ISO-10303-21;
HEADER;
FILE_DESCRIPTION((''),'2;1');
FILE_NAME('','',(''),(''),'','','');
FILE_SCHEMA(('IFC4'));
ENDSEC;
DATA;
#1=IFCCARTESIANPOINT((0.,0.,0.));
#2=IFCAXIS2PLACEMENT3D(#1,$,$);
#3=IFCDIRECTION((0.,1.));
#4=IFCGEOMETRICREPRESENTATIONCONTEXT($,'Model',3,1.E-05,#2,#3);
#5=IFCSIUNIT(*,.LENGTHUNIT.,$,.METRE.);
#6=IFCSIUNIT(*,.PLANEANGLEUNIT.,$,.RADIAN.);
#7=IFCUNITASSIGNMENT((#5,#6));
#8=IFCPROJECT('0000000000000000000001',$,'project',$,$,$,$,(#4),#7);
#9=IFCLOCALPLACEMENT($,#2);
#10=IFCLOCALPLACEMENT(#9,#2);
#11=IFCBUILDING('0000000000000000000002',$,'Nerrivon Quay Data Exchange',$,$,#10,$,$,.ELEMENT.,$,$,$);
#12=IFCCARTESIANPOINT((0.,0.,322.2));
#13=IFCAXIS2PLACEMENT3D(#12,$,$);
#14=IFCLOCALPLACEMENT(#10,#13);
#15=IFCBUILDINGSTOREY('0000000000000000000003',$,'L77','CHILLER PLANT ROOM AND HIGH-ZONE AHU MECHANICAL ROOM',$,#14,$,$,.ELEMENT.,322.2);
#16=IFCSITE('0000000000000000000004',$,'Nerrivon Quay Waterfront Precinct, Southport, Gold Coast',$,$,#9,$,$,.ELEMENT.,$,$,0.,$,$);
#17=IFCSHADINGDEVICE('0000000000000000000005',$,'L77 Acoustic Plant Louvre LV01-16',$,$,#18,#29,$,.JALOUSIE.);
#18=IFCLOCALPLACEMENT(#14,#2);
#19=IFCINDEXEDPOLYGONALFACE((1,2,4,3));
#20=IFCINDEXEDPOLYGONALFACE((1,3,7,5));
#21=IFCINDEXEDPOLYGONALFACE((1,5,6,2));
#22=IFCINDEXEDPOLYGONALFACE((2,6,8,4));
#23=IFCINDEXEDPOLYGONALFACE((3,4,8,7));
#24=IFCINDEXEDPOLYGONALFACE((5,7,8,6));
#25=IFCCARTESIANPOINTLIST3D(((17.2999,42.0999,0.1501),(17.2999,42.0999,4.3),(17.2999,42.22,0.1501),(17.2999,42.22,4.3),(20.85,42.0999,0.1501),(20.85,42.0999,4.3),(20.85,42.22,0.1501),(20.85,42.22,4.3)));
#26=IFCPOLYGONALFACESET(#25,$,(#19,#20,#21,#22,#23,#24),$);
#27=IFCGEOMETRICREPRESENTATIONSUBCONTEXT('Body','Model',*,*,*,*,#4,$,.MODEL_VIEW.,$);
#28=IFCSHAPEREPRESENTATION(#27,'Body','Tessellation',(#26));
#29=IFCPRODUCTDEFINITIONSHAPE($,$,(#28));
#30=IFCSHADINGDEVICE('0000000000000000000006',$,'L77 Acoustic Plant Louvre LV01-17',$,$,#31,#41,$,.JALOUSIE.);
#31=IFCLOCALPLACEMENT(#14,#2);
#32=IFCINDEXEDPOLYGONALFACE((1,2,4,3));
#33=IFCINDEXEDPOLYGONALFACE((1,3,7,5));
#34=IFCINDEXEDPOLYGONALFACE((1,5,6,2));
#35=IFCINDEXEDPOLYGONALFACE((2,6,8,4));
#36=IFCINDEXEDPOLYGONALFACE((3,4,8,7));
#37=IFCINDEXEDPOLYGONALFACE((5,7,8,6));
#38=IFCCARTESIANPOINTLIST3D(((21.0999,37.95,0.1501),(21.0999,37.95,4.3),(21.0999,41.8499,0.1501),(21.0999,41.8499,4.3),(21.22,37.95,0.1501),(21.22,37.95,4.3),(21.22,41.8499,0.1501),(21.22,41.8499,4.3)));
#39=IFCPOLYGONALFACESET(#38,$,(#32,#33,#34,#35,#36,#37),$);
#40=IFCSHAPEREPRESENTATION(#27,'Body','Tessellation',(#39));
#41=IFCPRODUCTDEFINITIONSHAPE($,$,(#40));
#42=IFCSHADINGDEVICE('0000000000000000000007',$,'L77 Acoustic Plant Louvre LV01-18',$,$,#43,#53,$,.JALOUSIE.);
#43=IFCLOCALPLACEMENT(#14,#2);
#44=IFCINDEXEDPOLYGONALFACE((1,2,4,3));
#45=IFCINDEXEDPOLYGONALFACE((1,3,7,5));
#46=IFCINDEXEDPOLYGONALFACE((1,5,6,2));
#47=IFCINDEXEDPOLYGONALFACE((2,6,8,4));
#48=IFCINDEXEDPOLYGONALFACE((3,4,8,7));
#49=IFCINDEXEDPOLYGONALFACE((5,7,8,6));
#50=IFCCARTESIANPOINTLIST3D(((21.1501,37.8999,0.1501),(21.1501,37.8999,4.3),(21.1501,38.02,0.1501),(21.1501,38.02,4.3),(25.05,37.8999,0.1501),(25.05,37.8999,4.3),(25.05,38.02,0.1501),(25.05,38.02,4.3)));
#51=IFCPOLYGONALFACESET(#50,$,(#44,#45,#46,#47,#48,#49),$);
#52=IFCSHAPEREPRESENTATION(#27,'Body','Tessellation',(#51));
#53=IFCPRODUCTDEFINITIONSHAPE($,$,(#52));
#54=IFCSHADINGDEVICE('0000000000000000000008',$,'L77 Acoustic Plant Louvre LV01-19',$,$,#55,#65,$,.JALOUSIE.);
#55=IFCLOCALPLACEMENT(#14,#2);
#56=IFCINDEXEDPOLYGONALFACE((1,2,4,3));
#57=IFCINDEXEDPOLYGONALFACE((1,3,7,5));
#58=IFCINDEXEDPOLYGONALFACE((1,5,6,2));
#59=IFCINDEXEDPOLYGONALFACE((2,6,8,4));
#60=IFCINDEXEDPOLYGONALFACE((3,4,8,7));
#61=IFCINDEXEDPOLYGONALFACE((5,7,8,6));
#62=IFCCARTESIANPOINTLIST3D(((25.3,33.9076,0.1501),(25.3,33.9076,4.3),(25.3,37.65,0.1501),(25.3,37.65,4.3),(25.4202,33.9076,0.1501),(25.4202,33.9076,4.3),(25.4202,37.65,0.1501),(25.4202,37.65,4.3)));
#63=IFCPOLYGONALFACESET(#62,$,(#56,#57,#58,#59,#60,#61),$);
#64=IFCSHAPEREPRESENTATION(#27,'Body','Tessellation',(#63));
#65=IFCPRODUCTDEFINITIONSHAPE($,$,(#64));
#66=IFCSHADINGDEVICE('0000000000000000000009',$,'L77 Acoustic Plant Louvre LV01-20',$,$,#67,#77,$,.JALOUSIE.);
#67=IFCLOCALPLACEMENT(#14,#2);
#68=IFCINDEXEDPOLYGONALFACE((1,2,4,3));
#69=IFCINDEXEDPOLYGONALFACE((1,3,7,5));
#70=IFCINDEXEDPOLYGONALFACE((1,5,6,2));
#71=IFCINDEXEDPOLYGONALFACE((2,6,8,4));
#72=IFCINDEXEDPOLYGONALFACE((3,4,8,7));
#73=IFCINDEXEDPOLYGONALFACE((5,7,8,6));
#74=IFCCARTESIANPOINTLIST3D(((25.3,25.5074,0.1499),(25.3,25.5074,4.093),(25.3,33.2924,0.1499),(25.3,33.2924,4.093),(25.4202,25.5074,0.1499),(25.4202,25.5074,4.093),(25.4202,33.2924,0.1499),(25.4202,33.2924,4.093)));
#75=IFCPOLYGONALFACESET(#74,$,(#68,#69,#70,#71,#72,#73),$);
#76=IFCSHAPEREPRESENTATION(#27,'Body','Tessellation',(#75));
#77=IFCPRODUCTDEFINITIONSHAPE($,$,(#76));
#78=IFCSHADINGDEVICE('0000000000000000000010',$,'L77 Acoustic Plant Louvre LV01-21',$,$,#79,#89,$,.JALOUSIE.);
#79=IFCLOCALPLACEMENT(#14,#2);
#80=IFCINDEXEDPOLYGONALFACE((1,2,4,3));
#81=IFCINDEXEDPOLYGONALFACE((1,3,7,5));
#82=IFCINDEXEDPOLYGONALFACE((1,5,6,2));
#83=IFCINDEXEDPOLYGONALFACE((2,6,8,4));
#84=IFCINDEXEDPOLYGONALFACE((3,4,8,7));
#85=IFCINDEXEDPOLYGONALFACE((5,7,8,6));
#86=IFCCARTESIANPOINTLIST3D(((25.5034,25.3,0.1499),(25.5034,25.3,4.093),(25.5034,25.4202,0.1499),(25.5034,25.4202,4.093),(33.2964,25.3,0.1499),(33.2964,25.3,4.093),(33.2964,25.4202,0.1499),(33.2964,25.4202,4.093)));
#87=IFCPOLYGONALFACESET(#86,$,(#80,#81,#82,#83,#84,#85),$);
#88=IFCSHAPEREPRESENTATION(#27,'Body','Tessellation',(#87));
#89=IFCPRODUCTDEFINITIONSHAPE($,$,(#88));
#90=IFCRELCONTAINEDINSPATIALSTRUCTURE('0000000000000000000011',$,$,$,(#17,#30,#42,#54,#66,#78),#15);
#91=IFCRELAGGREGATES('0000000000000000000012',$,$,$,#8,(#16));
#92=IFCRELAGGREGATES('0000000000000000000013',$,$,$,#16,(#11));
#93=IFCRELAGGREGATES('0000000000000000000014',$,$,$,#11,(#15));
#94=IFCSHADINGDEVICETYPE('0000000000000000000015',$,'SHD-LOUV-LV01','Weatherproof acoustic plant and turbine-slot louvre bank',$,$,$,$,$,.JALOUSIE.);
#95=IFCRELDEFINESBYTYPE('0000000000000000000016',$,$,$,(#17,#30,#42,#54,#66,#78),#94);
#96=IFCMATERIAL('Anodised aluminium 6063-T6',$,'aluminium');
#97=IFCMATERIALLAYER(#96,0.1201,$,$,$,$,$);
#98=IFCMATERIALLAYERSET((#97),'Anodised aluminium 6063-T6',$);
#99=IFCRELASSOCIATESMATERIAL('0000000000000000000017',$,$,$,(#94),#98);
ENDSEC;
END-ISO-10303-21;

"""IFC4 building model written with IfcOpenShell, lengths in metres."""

from ifc_helpers import new_model, si_unit, direction, frame, origin, origin_2d, place, context, subcontext, project, spatial, rectangle, extrude, material, layer, layer_set, type_object, element, save


model = new_model("IFC4")

# Units and contexts
model_context = context("Model", 3, precision=1e-05, world=origin(), true_north=direction((0.0, 1.0)))
body_context = subcontext(model_context, "Body", "Model", "MODEL_VIEW")
ifc_project = project(units=[si_unit("LENGTHUNIT", "METRE"), si_unit("PLANEANGLEUNIT", "RADIAN")], contexts=[model_context])

# Site, building, storey
site_placement = place(None, origin())
site = spatial("IfcSite", under=ifc_project, at=site_placement, Name="Nerrivon Quay Waterfront Precinct, Southport, Gold Coast", CompositionType="ELEMENT", RefElevation=0.0)
building_placement = place(site_placement, origin())
building = spatial("IfcBuilding", under=site, at=building_placement, Name="Nerrivon Quay Data Exchange", CompositionType="ELEMENT")
storey_placement = place(building_placement, frame((0.0, 0.0, 322.2)))
storey = spatial("IfcBuildingStorey", under=building, at=storey_placement, Name="L77", Description="CHILLER PLANT ROOM AND HIGH-ZONE AHU MECHANICAL ROOM", CompositionType="ELEMENT", Elevation=322.2)

# Shading devices
ifc_material_1 = material(Name="Anodised aluminium 6063-T6", Category="aluminium")
ifc_layer_1 = layer(ifc_material_1, 0.1201)
ifc_layer_set_1 = layer_set([ifc_layer_1], Name="Anodised aluminium 6063-T6")
shading_device_type = type_object("IfcShadingDeviceType", Name="SHD-LOUV-LV01", Description="Weatherproof acoustic plant and turbine-slot louvre bank", PredefinedType="JALOUSIE", material=ifc_layer_set_1)
shading_device_1_placement = place(storey_placement, frame((19.075, 42.1599, 0.1501), z_axis=(0.0, 0.0, 1.0), x_axis=(1.0, 0.0, 0.0)))
element("IfcShadingDevice", 1, at=shading_device_1_placement, inside=storey, type_object=shading_device_type, Name="L77 Acoustic Plant Louvre LV01-16", PredefinedType="JALOUSIE", context=body_context, shape_type="SweptSolid", body=[
    extrude(rectangle(XDim=3.55, YDim=0.1201, at=origin_2d()), origin(), (0.0, 0.0, 1.0), 4.1499),
])
for number, where, z_axis, x_axis, name in (
    (2, (21.1599, 39.8999, 0.1501), (0.0, 0.0, 1.0), (0.0, -1.0, 0.0), "L77 Acoustic Plant Louvre LV01-17"),
    (3, (23.1001, 37.96, 0.1501), (0.0, 0.0, 1.0), (1.0, 0.0, 0.0), "L77 Acoustic Plant Louvre LV01-18"),
):
    element("IfcShadingDevice", number, at=place(storey_placement, frame(where, z_axis=z_axis, x_axis=x_axis)), inside=storey, type_object=shading_device_type, Name=name, PredefinedType="JALOUSIE", context=body_context, shape_type="SweptSolid", body=[
        extrude(rectangle(XDim=3.8999, YDim=0.1201, at=origin_2d()), origin(), (0.0, 0.0, 1.0), 4.1499),
    ])
shading_device_2_placement = place(storey_placement, frame((25.3601, 35.7788, 0.1501), z_axis=(0.0, 0.0, 1.0), x_axis=(0.0, -1.0, 0.0)))
element("IfcShadingDevice", 4, at=shading_device_2_placement, inside=storey, type_object=shading_device_type, Name="L77 Acoustic Plant Louvre LV01-19", PredefinedType="JALOUSIE", context=body_context, shape_type="SweptSolid", body=[
    extrude(rectangle(XDim=3.7424, YDim=0.1201, at=origin_2d()), origin(), (0.0, 0.0, 1.0), 4.1499),
])
shading_device_3_placement = place(storey_placement, frame((25.3601, 29.3999, 0.1499), z_axis=(0.0, 0.0, 1.0), x_axis=(0.0, -1.0, 0.0)))
element("IfcShadingDevice", 5, at=shading_device_3_placement, inside=storey, type_object=shading_device_type, Name="L77 Acoustic Plant Louvre LV01-20", PredefinedType="JALOUSIE", context=body_context, shape_type="SweptSolid", body=[
    extrude(rectangle(XDim=7.7849, YDim=0.1201, at=origin_2d()), origin(), (0.0, 0.0, 1.0), 3.9431),
])
shading_device_4_placement = place(storey_placement, frame((29.3999, 25.3601, 0.1499), z_axis=(0.0, 0.0, 1.0), x_axis=(1.0, 0.0, 0.0)))
element("IfcShadingDevice", 6, at=shading_device_4_placement, inside=storey, type_object=shading_device_type, Name="L77 Acoustic Plant Louvre LV01-21", PredefinedType="JALOUSIE", context=body_context, shape_type="SweptSolid", body=[
    extrude(rectangle(XDim=7.793, YDim=0.1201, at=origin_2d()), origin(), (0.0, 0.0, 1.0), 3.9431),
])

save(model, "model.ifc")
